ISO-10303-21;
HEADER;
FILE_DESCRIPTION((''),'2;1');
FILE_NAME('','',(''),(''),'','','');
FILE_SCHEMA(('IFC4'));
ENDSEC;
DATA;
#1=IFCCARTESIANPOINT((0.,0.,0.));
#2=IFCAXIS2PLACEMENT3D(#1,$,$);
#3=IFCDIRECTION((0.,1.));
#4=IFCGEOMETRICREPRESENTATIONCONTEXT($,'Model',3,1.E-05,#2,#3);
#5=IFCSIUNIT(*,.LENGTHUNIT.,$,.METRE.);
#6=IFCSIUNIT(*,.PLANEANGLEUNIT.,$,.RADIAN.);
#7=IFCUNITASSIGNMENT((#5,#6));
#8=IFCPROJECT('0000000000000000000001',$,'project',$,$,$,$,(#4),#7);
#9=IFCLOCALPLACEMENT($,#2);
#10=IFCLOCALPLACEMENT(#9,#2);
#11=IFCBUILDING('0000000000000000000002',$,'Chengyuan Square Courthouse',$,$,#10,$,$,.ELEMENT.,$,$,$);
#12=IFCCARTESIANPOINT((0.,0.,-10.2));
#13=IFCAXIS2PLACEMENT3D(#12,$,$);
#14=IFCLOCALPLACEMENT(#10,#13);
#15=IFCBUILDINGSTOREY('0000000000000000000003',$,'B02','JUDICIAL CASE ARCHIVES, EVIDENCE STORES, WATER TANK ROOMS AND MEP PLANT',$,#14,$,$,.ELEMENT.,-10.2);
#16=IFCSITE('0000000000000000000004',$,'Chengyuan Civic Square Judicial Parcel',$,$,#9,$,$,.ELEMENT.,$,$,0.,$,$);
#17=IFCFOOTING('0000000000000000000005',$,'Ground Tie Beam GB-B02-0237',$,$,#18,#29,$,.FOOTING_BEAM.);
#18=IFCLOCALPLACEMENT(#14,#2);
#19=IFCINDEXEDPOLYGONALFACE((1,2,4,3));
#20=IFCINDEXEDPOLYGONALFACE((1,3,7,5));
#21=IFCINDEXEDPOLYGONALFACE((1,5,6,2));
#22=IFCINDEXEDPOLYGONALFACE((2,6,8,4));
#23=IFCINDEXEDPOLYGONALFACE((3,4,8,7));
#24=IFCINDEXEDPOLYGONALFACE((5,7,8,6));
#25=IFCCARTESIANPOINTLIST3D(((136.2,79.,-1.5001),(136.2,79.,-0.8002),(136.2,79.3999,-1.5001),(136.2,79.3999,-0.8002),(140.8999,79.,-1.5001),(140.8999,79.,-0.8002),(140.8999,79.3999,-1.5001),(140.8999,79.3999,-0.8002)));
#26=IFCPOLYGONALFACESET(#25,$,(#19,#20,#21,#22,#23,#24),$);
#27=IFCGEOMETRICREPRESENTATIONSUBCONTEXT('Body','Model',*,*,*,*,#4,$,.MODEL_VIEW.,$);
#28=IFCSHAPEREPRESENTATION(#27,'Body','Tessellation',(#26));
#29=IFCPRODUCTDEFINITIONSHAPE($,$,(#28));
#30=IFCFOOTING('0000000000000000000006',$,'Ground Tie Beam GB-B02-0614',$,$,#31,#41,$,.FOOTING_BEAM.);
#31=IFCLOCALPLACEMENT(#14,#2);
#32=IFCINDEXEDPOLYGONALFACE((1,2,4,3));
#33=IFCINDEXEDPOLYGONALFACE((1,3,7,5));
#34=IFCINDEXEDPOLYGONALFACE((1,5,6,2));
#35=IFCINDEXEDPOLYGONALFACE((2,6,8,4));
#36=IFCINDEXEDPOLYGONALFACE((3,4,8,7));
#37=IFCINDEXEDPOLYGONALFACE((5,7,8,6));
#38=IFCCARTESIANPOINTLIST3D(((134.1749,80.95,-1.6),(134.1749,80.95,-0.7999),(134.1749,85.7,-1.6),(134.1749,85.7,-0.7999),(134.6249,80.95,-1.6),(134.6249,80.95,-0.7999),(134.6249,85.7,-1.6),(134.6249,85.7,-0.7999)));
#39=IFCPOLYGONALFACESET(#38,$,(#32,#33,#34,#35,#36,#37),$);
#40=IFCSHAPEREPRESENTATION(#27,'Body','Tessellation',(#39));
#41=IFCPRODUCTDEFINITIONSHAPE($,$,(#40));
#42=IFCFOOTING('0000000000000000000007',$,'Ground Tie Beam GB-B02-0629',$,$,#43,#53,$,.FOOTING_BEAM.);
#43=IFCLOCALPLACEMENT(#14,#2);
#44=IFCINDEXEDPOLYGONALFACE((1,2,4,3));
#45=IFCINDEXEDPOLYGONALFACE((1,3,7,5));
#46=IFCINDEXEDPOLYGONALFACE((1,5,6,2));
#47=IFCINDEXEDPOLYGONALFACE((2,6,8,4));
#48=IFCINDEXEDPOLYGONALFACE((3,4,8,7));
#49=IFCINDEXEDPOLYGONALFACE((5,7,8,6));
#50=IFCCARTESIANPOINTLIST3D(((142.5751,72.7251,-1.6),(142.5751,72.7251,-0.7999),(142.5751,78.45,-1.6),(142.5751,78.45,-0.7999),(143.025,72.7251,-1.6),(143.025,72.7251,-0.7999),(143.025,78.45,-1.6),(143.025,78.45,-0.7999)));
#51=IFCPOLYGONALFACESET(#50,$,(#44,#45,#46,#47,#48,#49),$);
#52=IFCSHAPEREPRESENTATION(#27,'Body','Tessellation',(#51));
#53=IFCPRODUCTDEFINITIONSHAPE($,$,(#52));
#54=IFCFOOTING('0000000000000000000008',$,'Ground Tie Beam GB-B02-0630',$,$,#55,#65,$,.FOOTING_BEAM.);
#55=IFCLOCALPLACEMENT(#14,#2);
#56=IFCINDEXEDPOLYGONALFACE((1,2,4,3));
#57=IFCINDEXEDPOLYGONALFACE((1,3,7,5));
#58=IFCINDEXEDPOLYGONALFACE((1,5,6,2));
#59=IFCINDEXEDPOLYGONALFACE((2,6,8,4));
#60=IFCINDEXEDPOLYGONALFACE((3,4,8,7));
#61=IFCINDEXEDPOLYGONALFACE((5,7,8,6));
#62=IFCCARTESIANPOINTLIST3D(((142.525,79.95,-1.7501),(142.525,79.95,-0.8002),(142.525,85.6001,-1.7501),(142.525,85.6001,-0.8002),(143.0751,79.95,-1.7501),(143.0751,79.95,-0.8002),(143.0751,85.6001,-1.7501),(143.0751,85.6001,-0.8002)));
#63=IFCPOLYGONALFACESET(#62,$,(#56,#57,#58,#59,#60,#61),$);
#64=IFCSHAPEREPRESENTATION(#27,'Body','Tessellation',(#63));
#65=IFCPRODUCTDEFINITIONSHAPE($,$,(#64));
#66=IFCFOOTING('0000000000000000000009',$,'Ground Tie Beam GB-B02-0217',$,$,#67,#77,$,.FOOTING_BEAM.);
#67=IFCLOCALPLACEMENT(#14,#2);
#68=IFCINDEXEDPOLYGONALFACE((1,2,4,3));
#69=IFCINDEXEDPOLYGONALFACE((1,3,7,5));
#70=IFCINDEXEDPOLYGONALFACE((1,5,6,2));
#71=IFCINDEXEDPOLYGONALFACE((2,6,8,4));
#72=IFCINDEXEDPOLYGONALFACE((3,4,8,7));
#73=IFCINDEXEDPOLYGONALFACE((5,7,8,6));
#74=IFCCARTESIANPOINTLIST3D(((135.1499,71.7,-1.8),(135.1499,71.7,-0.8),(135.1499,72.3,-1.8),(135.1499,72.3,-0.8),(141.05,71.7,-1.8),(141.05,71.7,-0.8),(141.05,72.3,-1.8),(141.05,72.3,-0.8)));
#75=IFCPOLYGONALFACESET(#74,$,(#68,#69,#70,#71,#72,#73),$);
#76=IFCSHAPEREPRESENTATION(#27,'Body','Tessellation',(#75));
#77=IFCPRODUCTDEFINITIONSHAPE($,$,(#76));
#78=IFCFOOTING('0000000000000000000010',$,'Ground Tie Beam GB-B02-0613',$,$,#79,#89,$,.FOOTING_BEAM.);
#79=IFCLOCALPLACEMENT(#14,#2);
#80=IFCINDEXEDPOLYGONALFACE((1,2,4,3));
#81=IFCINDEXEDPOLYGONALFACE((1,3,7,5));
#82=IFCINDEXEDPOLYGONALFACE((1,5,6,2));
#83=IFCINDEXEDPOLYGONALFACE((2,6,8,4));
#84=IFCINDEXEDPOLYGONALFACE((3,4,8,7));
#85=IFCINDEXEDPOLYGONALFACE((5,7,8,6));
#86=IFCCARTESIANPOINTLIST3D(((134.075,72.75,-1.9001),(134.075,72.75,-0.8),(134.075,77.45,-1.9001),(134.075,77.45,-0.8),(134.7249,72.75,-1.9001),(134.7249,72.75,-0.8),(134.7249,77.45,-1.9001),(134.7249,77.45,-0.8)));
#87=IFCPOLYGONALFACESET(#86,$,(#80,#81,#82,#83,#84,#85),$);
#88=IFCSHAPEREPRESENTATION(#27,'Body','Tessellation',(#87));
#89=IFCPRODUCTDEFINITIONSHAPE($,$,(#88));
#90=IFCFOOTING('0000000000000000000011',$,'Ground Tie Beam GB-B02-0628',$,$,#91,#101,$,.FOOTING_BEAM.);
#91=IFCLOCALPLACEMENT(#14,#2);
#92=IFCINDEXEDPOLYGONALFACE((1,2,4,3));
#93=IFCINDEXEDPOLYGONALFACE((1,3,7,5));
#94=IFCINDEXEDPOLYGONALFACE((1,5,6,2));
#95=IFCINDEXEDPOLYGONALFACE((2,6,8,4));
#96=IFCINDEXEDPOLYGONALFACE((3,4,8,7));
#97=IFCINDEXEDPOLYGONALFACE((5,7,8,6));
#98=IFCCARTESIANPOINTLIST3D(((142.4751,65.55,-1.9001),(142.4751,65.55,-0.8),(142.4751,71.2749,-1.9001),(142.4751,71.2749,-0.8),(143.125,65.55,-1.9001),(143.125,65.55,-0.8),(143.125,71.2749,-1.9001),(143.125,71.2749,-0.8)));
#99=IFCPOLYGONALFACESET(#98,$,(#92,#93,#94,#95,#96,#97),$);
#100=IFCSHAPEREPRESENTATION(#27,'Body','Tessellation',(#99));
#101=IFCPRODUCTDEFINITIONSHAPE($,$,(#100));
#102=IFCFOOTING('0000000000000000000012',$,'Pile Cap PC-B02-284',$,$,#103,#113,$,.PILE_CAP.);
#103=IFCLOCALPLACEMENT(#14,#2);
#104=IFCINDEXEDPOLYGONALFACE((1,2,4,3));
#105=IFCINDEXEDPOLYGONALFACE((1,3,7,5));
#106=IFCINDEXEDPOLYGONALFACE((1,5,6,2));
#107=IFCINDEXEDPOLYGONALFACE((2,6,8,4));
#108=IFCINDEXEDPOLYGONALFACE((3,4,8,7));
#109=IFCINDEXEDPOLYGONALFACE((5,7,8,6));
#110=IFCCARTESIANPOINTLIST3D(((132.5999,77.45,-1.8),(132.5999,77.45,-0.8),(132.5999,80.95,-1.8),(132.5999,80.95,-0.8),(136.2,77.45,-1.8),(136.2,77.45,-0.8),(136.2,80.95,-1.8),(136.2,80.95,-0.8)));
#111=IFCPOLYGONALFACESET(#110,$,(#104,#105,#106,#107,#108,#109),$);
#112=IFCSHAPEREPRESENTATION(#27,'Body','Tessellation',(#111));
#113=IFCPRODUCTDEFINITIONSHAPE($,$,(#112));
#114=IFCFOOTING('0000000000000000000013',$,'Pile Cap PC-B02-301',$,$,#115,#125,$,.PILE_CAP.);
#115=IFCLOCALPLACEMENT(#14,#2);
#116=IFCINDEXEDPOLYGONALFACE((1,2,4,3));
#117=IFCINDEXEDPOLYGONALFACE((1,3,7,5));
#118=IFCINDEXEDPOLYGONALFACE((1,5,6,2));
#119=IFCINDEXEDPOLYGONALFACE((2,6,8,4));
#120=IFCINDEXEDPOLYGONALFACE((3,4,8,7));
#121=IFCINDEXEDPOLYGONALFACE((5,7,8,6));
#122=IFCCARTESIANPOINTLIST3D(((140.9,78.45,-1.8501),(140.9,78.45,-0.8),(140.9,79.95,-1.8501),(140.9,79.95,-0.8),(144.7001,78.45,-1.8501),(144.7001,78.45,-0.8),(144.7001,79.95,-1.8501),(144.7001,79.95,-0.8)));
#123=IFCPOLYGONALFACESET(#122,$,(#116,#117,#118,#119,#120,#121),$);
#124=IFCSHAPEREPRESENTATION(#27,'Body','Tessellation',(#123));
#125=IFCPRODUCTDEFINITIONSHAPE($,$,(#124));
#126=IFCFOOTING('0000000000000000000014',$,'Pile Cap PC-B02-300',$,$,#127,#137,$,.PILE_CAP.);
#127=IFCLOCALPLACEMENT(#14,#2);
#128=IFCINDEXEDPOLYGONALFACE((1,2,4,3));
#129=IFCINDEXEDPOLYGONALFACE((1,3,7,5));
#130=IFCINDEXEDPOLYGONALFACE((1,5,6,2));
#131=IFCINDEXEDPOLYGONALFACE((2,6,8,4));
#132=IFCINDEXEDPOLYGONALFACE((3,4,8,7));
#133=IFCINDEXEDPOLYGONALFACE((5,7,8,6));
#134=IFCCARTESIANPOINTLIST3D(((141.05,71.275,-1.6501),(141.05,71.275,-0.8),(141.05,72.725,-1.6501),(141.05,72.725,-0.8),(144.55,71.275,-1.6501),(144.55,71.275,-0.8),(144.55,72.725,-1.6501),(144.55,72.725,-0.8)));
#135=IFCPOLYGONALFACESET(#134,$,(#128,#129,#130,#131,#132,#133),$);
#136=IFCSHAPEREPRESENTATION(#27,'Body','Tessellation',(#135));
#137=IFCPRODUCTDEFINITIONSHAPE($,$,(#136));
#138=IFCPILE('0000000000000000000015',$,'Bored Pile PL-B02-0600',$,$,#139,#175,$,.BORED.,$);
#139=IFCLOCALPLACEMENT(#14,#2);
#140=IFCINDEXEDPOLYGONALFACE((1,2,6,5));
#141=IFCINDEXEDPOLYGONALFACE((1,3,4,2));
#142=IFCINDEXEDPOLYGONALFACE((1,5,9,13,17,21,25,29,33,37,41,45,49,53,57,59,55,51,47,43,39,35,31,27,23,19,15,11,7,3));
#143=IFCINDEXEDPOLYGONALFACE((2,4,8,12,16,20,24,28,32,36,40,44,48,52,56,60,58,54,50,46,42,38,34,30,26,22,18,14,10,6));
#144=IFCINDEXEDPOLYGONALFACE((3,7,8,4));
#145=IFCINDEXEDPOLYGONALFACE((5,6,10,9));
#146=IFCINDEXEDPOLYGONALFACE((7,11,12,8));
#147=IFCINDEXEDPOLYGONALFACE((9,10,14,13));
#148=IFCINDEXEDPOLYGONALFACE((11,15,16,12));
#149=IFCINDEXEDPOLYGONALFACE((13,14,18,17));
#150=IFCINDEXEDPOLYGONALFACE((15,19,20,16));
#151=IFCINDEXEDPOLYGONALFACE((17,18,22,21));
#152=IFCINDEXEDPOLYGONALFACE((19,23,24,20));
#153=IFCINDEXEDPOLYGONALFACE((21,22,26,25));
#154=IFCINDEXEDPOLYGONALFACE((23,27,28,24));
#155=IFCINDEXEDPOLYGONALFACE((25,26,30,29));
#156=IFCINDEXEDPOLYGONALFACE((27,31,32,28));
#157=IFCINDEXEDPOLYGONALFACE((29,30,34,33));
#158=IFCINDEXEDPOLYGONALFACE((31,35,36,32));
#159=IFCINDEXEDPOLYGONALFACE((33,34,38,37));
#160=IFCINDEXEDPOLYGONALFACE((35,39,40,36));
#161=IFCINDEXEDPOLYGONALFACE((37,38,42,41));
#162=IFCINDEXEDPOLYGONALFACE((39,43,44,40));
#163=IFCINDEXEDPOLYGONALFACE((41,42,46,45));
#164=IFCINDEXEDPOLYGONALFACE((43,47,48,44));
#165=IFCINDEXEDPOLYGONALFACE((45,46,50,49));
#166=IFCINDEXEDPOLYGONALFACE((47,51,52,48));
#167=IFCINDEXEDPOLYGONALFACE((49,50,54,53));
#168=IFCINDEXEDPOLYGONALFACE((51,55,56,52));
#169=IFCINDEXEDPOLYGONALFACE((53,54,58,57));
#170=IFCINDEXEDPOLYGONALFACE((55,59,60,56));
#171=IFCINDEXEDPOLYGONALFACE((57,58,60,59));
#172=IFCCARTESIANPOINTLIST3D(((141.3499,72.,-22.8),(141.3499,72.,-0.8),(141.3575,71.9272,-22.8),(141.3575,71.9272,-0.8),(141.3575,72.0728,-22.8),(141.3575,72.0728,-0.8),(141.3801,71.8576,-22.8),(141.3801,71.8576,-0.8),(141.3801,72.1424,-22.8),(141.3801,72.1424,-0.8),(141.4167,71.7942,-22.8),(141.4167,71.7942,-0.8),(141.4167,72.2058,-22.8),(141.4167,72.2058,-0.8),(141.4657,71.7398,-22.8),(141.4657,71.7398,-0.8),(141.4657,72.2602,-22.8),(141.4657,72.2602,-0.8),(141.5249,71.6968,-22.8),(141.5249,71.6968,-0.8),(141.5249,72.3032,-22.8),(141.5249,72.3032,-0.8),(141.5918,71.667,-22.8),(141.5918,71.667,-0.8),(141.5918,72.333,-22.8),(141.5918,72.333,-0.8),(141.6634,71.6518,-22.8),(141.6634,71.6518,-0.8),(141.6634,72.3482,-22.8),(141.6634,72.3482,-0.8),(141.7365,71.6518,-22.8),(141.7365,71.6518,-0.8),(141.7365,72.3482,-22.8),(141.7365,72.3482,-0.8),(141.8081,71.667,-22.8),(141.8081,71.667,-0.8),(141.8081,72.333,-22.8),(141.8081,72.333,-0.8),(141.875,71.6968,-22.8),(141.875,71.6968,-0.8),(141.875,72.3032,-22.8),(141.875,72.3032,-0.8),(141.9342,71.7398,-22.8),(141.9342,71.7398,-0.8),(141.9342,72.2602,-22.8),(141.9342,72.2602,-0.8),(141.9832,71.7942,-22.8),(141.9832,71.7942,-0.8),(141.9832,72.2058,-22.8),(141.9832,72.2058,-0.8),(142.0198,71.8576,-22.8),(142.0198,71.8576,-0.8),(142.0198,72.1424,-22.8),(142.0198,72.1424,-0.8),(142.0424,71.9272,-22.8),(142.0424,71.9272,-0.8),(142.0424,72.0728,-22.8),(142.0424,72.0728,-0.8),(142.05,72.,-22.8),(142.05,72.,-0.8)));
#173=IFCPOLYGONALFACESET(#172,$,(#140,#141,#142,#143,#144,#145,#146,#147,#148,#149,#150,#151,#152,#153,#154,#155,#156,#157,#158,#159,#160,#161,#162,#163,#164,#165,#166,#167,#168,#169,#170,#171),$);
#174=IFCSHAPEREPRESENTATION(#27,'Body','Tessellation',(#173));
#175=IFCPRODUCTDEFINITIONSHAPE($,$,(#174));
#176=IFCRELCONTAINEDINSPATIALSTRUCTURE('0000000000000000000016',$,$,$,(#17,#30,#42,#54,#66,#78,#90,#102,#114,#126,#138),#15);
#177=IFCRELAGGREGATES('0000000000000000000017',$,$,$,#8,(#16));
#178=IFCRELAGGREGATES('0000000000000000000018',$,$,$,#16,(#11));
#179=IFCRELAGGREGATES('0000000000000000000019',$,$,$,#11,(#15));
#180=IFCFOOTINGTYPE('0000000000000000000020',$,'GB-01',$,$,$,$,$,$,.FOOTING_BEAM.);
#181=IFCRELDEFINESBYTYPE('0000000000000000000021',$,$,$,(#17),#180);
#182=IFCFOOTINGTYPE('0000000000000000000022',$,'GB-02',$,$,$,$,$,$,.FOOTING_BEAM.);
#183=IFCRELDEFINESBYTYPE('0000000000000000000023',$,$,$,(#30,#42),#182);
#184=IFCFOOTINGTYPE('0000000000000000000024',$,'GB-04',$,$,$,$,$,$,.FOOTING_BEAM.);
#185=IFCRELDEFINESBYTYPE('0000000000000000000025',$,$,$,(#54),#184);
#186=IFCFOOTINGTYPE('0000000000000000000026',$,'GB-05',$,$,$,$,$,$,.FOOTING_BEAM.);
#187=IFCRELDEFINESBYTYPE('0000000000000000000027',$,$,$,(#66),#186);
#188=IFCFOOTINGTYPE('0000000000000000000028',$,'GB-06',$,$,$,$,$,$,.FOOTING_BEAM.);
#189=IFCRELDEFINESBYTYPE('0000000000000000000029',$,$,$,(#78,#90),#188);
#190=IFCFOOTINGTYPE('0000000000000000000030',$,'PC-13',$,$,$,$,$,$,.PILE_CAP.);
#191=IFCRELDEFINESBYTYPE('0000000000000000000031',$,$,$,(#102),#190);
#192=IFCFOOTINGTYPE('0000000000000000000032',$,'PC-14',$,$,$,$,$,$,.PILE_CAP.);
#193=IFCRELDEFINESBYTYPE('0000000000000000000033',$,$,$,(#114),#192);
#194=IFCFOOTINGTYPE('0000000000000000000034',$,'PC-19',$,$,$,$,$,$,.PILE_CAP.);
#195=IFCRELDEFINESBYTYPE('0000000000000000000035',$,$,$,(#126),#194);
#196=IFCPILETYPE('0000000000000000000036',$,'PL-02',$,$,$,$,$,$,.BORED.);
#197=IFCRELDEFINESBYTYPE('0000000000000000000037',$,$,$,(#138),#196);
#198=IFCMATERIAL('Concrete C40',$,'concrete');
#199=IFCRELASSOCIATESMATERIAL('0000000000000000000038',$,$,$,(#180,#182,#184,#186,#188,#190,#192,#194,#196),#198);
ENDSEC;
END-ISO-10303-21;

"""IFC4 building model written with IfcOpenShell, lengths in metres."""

from ifc_helpers import new_model, si_unit, direction, frame, origin, origin_2d, place, context, subcontext, project, spatial, rectangle, circle, extrude, material, material_profile, profile_set, type_object, element, save


model = new_model("IFC4")

# Units and contexts
model_context = context("Model", 3, precision=1e-05, world=origin(), true_north=direction((0.0, 1.0)))
body_context = subcontext(model_context, "Body", "Model", "MODEL_VIEW")
ifc_project = project(units=[si_unit("LENGTHUNIT", "METRE"), si_unit("PLANEANGLEUNIT", "RADIAN")], contexts=[model_context])

# Site, building, storey
site_placement = place(None, origin())
site = spatial("IfcSite", under=ifc_project, at=site_placement, Name="Chengyuan Civic Square Judicial Parcel", CompositionType="ELEMENT", RefElevation=0.0)
building_placement = place(site_placement, origin())
building = spatial("IfcBuilding", under=site, at=building_placement, Name="Chengyuan Square Courthouse", CompositionType="ELEMENT")
storey_placement = place(building_placement, frame((0.0, 0.0, -10.2)))
storey = spatial("IfcBuildingStorey", under=building, at=storey_placement, Name="B02", Description="JUDICIAL CASE ARCHIVES, EVIDENCE STORES, WATER TANK ROOMS AND MEP PLANT", CompositionType="ELEMENT", Elevation=-10.2)

# Footings
ifc_material_1 = material(Name="Concrete C40", Category="concrete")
ifc_material_profile_1 = material_profile(ifc_material_1, rectangle(XDim=0.3999, YDim=0.7, at=origin_2d()), Name="GB-400x700")
ifc_profile_set_1 = profile_set([ifc_material_profile_1], Name="Concrete C40")
footing_type_1 = type_object("IfcFootingType", Name="GB-01", PredefinedType="FOOTING_BEAM", material=ifc_profile_set_1)
footing_1_placement = place(storey_placement, frame((136.2, 79.2, -1.1501), z_axis=(1.0, 0.0, 0.0), x_axis=(0.0, 1.0, 0.0)))
element("IfcFooting", 1, at=footing_1_placement, inside=storey, type_object=footing_type_1, Name="Ground Tie Beam GB-B02-0237", PredefinedType="FOOTING_BEAM", context=body_context, shape_type="SweptSolid", body=[
    extrude(rectangle(XDim=0.3999, YDim=0.7, at=origin_2d()), origin(), (0.0, 0.0, 1.0), 4.7),
])
ifc_material_profile_2 = material_profile(ifc_material_1, rectangle(XDim=0.45, YDim=0.8, at=origin_2d()), Name="GB-450x800")
ifc_profile_set_2 = profile_set([ifc_material_profile_2], Name="Concrete C40")
footing_type_2 = type_object("IfcFootingType", Name="GB-02", PredefinedType="FOOTING_BEAM", material=ifc_profile_set_2)
footing_2_placement = place(storey_placement, frame((134.3999, 80.95, -1.2), z_axis=(0.0, 1.0, 0.0), x_axis=(-1.0, 0.0, 0.0)))
element("IfcFooting", 2, at=footing_2_placement, inside=storey, type_object=footing_type_2, Name="Ground Tie Beam GB-B02-0614", PredefinedType="FOOTING_BEAM", context=body_context, shape_type="SweptSolid", body=[
    extrude(rectangle(XDim=0.45, YDim=0.8, at=origin_2d()), origin(), (0.0, 0.0, 1.0), 4.75),
])
footing_3_placement = place(storey_placement, frame((142.8, 72.7251, -1.2), z_axis=(0.0, 1.0, 0.0), x_axis=(-1.0, 0.0, 0.0)))
element("IfcFooting", 3, at=footing_3_placement, inside=storey, type_object=footing_type_2, Name="Ground Tie Beam GB-B02-0629", PredefinedType="FOOTING_BEAM", context=body_context, shape_type="SweptSolid", body=[
    extrude(rectangle(XDim=0.45, YDim=0.8, at=origin_2d()), origin(), (0.0, 0.0, 1.0), 5.7249),
])
ifc_material_profile_3 = material_profile(ifc_material_1, rectangle(XDim=0.55, YDim=0.95, at=origin_2d()), Name="GB-550x950")
ifc_profile_set_3 = profile_set([ifc_material_profile_3], Name="Concrete C40")
footing_type_3 = type_object("IfcFootingType", Name="GB-04", PredefinedType="FOOTING_BEAM", material=ifc_profile_set_3)
footing_4_placement = place(storey_placement, frame((142.8, 79.95, -1.2751), z_axis=(0.0, 1.0, 0.0), x_axis=(-1.0, 0.0, 0.0)))
element("IfcFooting", 4, at=footing_4_placement, inside=storey, type_object=footing_type_3, Name="Ground Tie Beam GB-B02-0630", PredefinedType="FOOTING_BEAM", context=body_context, shape_type="SweptSolid", body=[
    extrude(rectangle(XDim=0.55, YDim=0.95, at=origin_2d()), origin(), (0.0, 0.0, 1.0), 5.6501),
])
ifc_material_profile_4 = material_profile(ifc_material_1, rectangle(XDim=0.6001, YDim=1.0, at=origin_2d()), Name="GB-600x1000")
ifc_profile_set_4 = profile_set([ifc_material_profile_4], Name="Concrete C40")
footing_type_4 = type_object("IfcFootingType", Name="GB-05", PredefinedType="FOOTING_BEAM", material=ifc_profile_set_4)
footing_5_placement = place(storey_placement, frame((135.1499, 72.0, -1.3), z_axis=(1.0, 0.0, 0.0), x_axis=(0.0, 1.0, 0.0)))
element("IfcFooting", 5, at=footing_5_placement, inside=storey, type_object=footing_type_4, Name="Ground Tie Beam GB-B02-0217", PredefinedType="FOOTING_BEAM", context=body_context, shape_type="SweptSolid", body=[
    extrude(rectangle(XDim=0.6001, YDim=1.0, at=origin_2d()), origin(), (0.0, 0.0, 1.0), 5.9001),
])
ifc_material_profile_5 = material_profile(ifc_material_1, rectangle(XDim=0.6499, YDim=1.1001, at=origin_2d()), Name="GB-650x1100")
ifc_profile_set_5 = profile_set([ifc_material_profile_5], Name="Concrete C40")
footing_type_5 = type_object("IfcFootingType", Name="GB-06", PredefinedType="FOOTING_BEAM", material=ifc_profile_set_5)
footing_6_placement = place(storey_placement, frame((134.3999, 72.75, -1.3501), z_axis=(0.0, 1.0, 0.0), x_axis=(-1.0, 0.0, 0.0)))
element("IfcFooting", 6, at=footing_6_placement, inside=storey, type_object=footing_type_5, Name="Ground Tie Beam GB-B02-0613", PredefinedType="FOOTING_BEAM", context=body_context, shape_type="SweptSolid", body=[
    extrude(rectangle(XDim=0.6499, YDim=1.1001, at=origin_2d()), origin(), (0.0, 0.0, 1.0), 4.7),
])
footing_7_placement = place(storey_placement, frame((142.8, 65.55, -1.3501), z_axis=(0.0, 1.0, 0.0), x_axis=(-1.0, 0.0, 0.0)))
element("IfcFooting", 7, at=footing_7_placement, inside=storey, type_object=footing_type_5, Name="Ground Tie Beam GB-B02-0628", PredefinedType="FOOTING_BEAM", context=body_context, shape_type="SweptSolid", body=[
    extrude(rectangle(XDim=0.6499, YDim=1.1001, at=origin_2d()), origin(), (0.0, 0.0, 1.0), 5.7249),
])
footing_type_6 = type_object("IfcFootingType", Name="PC-13", PredefinedType="PILE_CAP", material=ifc_material_1)
footing_8_placement = place(storey_placement, frame((134.3999, 79.2, -1.8), z_axis=(0.0, 0.0, 1.0), x_axis=(1.0, 0.0, 0.0)))
element("IfcFooting", 8, at=footing_8_placement, inside=storey, type_object=footing_type_6, Name="Pile Cap PC-B02-284", PredefinedType="PILE_CAP", context=body_context, shape_type="SweptSolid", body=[
    extrude(rectangle(XDim=3.6001, YDim=3.5, at=origin_2d()), origin(), (0.0, 0.0, 1.0), 1.0),
])
footing_type_7 = type_object("IfcFootingType", Name="PC-14", PredefinedType="PILE_CAP", material=ifc_material_1)
footing_9_placement = place(storey_placement, frame((142.8, 79.2, -1.8501), z_axis=(0.0, 0.0, 1.0), x_axis=(1.0, 0.0, 0.0)))
element("IfcFooting", 9, at=footing_9_placement, inside=storey, type_object=footing_type_7, Name="Pile Cap PC-B02-301", PredefinedType="PILE_CAP", context=body_context, shape_type="SweptSolid", body=[
    extrude(rectangle(XDim=3.8, YDim=1.5, at=origin_2d()), origin(), (0.0, 0.0, 1.0), 1.05),
])
footing_type_8 = type_object("IfcFootingType", Name="PC-19", PredefinedType="PILE_CAP", material=ifc_material_1)
footing_10_placement = place(storey_placement, frame((142.8, 72.0, -1.6501), z_axis=(0.0, 0.0, 1.0), x_axis=(1.0, 0.0, 0.0)))
element("IfcFooting", 10, at=footing_10_placement, inside=storey, type_object=footing_type_8, Name="Pile Cap PC-B02-300", PredefinedType="PILE_CAP", context=body_context, shape_type="SweptSolid", body=[
    extrude(rectangle(XDim=3.5, YDim=1.45, at=origin_2d()), origin(), (0.0, 0.0, 1.0), 0.8501),
])

# Pile
ifc_material_profile_6 = material_profile(ifc_material_1, circle(Radius=0.3501, at=origin_2d()), Name="BORED PILE D700")
ifc_profile_set_6 = profile_set([ifc_material_profile_6], Name="Concrete C40")
pile_type_1 = type_object("IfcPileType", Name="PL-02", PredefinedType="BORED", material=ifc_profile_set_6)
pile_placement = place(storey_placement, frame((141.7, 72.0, -0.8), z_axis=(0.0, 0.0, -1.0), x_axis=(1.0, 0.0, 0.0)))
element("IfcPile", 11, at=pile_placement, inside=storey, type_object=pile_type_1, Name="Bored Pile PL-B02-0600", PredefinedType="BORED", context=body_context, shape_type="SweptSolid", body=[
    extrude(circle(Radius=0.3501, at=origin_2d()), origin(), (0.0, 0.0, 1.0), 22.0),
])

save(model, "model.ifc")
